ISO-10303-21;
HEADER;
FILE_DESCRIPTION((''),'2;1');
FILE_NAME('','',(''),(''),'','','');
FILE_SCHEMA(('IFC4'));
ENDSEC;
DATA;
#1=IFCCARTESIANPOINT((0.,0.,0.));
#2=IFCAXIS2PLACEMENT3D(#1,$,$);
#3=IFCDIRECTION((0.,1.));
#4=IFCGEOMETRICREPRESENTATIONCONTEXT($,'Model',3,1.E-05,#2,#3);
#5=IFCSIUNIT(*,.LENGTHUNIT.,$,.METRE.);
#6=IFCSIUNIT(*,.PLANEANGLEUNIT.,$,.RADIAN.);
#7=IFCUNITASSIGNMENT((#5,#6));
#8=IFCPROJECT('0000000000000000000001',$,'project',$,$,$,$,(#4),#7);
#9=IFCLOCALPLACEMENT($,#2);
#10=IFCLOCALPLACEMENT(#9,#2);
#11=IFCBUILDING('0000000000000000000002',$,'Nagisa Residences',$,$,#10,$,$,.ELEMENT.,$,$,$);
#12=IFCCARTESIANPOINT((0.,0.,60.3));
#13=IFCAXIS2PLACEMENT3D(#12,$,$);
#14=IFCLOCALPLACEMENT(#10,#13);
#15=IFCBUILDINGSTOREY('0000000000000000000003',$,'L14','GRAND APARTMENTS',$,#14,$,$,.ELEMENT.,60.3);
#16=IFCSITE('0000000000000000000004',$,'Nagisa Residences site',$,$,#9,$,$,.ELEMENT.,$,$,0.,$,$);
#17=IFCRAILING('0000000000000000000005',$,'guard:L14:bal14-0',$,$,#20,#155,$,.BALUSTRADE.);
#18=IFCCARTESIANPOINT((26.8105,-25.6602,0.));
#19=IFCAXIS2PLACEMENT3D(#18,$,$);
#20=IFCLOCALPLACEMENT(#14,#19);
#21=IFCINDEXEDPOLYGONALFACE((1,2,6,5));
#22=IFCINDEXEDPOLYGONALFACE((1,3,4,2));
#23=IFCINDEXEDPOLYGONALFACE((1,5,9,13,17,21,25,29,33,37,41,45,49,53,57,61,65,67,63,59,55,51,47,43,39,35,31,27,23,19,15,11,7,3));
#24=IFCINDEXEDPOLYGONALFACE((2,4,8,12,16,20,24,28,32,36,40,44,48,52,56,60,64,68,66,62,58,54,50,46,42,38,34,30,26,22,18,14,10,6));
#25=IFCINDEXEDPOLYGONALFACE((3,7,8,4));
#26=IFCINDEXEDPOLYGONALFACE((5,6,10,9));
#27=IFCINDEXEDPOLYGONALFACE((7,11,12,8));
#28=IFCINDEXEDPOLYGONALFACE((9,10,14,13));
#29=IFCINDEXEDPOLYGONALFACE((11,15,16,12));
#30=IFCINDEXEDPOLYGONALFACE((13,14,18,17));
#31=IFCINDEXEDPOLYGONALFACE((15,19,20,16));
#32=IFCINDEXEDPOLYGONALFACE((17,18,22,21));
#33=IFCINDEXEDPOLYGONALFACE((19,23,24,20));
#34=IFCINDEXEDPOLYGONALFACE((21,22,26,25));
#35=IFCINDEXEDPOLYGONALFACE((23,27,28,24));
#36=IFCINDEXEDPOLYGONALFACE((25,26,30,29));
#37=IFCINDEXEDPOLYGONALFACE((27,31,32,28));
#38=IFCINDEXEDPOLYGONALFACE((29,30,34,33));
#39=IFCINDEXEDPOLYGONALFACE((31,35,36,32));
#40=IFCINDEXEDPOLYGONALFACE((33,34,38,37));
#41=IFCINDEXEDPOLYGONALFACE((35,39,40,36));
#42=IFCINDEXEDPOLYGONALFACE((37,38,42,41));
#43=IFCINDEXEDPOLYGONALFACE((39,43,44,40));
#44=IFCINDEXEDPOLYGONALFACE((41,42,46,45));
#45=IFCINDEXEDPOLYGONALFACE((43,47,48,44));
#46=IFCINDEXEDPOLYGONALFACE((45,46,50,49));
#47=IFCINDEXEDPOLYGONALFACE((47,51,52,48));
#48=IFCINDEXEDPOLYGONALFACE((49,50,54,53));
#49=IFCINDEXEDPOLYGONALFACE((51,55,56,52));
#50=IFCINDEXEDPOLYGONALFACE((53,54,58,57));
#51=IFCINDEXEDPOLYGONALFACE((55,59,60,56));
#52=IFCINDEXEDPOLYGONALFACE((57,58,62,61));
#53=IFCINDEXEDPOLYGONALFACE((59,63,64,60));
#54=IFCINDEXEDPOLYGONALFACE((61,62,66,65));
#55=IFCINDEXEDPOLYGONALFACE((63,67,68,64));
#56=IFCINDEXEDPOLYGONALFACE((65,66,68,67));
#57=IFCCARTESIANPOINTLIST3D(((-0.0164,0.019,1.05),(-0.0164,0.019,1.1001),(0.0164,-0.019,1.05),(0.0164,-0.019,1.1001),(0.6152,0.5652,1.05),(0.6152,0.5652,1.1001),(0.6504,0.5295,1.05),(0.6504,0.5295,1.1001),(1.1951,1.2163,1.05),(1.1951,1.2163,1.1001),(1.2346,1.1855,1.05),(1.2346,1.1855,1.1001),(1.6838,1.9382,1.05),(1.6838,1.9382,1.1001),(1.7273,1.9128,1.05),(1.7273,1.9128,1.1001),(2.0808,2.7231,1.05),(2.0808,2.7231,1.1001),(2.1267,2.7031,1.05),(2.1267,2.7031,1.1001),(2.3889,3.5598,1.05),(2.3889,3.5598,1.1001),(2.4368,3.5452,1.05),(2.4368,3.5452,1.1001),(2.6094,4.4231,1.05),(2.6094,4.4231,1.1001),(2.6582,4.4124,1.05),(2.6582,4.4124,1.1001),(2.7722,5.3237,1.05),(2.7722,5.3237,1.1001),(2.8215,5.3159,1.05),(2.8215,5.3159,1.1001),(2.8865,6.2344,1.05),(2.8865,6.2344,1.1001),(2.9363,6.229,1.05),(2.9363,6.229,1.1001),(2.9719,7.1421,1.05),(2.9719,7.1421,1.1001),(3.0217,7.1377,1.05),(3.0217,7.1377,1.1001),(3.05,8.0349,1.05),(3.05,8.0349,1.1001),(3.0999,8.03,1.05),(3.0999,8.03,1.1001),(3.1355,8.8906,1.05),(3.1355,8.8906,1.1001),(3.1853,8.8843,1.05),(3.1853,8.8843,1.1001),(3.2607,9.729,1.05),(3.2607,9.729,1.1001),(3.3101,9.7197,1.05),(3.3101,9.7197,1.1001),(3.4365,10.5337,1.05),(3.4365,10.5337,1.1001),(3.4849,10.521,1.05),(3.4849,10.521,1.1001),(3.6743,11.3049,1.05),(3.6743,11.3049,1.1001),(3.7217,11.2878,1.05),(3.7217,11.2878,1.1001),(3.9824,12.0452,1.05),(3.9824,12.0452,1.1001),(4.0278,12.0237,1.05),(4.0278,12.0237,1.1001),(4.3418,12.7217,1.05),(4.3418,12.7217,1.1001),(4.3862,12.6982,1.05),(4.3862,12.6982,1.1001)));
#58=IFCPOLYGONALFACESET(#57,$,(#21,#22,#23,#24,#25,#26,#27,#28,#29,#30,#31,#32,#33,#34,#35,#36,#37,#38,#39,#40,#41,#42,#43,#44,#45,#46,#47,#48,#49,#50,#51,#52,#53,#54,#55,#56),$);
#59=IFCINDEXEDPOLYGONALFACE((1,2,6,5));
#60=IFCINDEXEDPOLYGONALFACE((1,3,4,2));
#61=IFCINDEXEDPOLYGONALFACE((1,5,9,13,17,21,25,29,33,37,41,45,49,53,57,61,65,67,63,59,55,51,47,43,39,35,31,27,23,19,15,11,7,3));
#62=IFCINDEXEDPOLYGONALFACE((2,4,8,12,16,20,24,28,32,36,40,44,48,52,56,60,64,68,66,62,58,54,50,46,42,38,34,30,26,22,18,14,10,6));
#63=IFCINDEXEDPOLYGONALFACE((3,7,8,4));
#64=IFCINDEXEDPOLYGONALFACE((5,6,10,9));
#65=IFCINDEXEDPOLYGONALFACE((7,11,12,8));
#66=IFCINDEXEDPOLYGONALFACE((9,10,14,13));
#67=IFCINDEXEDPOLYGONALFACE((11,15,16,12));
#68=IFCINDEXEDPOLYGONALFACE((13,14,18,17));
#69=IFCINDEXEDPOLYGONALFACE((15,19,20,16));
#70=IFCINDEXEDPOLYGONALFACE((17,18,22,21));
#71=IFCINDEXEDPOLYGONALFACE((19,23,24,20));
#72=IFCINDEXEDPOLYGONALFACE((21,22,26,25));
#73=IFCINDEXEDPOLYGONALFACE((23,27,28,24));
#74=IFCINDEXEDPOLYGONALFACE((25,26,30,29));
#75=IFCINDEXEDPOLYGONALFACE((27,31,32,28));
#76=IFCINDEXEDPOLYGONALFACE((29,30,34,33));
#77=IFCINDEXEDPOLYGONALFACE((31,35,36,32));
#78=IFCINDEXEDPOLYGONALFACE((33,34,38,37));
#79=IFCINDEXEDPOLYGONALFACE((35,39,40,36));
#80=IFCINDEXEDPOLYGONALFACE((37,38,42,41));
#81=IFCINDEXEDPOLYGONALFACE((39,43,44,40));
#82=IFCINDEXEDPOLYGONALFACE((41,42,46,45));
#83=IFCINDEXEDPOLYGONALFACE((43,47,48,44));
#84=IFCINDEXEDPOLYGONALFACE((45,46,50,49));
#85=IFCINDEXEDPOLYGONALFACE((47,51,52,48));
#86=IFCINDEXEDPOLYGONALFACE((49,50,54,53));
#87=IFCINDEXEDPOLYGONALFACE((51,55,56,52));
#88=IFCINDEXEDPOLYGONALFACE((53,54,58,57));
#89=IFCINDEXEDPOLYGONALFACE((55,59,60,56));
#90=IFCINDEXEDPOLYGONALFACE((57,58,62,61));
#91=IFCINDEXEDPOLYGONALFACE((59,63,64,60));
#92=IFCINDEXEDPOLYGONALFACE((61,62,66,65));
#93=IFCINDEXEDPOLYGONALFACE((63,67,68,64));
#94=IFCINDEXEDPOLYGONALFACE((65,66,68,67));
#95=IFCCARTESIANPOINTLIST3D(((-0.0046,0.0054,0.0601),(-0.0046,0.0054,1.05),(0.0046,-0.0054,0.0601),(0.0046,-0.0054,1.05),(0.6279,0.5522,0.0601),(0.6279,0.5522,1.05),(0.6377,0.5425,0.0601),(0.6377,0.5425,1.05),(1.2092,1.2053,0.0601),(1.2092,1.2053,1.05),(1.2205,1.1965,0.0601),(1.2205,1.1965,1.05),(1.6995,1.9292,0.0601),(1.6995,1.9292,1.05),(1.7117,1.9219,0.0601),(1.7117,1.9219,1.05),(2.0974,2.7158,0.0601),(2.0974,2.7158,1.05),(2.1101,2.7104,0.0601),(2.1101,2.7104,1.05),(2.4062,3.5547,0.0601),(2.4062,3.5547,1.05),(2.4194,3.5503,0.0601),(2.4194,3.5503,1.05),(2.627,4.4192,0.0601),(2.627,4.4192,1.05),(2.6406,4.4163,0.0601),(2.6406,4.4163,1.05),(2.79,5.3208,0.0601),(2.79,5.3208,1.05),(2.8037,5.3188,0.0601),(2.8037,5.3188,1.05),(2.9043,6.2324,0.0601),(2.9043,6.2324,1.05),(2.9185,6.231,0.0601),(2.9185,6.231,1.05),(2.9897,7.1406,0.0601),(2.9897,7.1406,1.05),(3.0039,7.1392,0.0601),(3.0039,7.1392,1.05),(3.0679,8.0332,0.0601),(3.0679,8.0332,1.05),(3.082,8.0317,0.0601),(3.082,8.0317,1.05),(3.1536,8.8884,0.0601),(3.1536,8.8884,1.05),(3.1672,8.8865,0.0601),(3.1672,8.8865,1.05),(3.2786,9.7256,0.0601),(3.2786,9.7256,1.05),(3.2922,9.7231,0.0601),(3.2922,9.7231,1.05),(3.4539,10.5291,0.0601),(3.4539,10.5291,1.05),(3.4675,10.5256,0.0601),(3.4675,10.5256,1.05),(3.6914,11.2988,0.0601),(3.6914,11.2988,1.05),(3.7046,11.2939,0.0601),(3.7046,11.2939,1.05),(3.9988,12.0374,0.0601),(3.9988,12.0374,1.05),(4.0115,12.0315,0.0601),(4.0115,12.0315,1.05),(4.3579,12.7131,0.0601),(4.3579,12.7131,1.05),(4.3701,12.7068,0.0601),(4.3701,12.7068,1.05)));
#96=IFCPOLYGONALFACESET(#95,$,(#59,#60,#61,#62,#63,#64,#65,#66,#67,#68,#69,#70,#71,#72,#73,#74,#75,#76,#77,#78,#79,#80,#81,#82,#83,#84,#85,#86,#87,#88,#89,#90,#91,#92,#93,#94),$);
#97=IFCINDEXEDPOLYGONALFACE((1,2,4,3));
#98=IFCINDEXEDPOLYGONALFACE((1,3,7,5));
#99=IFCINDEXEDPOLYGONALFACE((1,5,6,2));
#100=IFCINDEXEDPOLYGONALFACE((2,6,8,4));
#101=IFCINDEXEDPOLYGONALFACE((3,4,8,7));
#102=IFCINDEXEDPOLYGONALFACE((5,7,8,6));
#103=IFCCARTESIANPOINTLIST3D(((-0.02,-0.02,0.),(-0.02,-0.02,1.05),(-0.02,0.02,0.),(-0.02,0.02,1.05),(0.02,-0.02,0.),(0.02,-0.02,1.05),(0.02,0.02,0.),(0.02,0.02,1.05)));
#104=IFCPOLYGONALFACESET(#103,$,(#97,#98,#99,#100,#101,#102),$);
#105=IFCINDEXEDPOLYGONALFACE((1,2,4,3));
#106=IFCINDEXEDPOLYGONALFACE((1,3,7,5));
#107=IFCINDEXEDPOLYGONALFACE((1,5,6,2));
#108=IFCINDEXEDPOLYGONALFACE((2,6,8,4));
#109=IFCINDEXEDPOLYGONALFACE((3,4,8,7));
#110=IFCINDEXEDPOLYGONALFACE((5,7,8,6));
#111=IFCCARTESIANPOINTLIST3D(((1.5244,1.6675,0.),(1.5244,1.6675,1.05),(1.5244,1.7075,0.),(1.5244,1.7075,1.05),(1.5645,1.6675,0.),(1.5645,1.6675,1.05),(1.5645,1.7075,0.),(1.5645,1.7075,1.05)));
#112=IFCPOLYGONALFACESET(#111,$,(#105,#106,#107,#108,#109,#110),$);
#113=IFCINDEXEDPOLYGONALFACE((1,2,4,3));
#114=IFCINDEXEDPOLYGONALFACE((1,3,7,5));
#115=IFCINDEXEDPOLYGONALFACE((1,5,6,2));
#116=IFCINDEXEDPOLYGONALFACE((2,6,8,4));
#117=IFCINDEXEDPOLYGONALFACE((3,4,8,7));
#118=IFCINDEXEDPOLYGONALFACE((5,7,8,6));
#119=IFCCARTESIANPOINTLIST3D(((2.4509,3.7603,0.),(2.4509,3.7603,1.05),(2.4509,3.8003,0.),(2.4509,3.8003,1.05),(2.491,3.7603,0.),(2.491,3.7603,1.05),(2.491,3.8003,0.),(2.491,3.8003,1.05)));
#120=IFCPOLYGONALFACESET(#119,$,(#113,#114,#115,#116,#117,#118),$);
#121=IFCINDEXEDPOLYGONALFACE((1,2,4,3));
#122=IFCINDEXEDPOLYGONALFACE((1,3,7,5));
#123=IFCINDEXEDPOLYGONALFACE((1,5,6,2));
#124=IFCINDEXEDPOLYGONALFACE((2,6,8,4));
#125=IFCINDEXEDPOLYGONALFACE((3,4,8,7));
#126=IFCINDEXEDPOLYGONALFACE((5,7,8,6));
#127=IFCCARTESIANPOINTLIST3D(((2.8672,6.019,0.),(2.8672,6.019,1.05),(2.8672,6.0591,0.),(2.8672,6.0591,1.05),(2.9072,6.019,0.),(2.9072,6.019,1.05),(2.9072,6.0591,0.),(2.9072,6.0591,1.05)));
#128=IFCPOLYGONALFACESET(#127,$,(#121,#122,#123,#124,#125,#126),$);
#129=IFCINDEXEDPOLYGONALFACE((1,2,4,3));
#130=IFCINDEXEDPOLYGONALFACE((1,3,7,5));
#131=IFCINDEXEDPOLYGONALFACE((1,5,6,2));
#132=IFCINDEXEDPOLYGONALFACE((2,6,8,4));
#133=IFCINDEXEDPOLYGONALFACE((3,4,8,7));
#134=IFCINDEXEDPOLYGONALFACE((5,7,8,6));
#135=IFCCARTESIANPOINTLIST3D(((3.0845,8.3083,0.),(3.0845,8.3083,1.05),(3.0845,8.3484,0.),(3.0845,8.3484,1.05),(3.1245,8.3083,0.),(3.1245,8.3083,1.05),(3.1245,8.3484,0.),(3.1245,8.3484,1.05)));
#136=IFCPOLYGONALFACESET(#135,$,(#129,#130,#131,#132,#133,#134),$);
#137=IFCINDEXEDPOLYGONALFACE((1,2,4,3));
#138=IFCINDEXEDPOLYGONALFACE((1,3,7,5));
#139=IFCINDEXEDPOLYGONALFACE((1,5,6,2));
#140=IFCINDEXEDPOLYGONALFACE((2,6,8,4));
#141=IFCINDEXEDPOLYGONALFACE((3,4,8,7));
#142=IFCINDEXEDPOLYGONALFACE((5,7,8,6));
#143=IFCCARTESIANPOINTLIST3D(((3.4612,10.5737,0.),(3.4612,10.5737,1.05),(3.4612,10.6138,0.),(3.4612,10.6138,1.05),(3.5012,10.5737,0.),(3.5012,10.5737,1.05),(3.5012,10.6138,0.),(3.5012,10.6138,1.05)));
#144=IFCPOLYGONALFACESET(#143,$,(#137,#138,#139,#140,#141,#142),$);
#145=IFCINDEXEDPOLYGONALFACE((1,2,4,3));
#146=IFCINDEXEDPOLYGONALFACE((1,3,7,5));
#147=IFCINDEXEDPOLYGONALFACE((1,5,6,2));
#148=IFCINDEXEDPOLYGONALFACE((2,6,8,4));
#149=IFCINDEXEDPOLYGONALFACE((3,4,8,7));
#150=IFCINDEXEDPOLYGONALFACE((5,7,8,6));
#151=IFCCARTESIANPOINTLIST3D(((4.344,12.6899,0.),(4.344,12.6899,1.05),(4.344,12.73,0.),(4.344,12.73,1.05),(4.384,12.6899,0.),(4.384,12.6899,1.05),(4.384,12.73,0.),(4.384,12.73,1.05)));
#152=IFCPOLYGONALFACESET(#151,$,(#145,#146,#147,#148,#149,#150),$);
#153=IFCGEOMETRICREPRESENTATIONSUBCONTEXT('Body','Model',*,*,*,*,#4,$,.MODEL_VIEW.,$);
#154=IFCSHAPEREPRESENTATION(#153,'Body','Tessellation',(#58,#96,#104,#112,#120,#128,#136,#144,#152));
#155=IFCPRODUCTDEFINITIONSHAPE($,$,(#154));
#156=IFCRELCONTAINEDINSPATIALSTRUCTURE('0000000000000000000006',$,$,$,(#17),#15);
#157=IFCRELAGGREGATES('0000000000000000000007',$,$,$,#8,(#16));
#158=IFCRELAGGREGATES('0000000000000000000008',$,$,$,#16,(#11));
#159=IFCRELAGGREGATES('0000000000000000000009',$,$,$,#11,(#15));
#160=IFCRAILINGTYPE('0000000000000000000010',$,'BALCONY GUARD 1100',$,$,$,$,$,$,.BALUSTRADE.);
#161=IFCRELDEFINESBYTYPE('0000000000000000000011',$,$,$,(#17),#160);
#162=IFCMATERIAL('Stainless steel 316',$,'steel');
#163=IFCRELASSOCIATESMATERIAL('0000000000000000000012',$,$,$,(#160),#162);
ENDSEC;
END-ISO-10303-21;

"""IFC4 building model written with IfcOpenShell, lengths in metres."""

from ifc_helpers import new_model, si_unit, direction, frame, origin, origin_2d, place, context, subcontext, project, spatial, polyline, rectangle, outline, extrude, material, type_object, element, save


model = new_model("IFC4")

# Units and contexts
model_context = context("Model", 3, precision=1e-05, world=origin(), true_north=direction((0.0, 1.0)))
body_context = subcontext(model_context, "Body", "Model", "MODEL_VIEW")
ifc_project = project(units=[si_unit("LENGTHUNIT", "METRE"), si_unit("PLANEANGLEUNIT", "RADIAN")], contexts=[model_context])

# Site, building, storey
site_placement = place(None, origin())
site = spatial("IfcSite", under=ifc_project, at=site_placement, Name="Nagisa Residences site", CompositionType="ELEMENT", RefElevation=0.0)
building_placement = place(site_placement, origin())
building = spatial("IfcBuilding", under=site, at=building_placement, Name="Nagisa Residences", CompositionType="ELEMENT")
storey_placement = place(building_placement, frame((0.0, 0.0, 60.3)))
storey = spatial("IfcBuildingStorey", under=building, at=storey_placement, Name="L14", Description="GRAND APARTMENTS", CompositionType="ELEMENT", Elevation=60.3)

# Railing
ifc_material_1 = material(Name="Stainless steel 316", Category="steel")
railing_type = type_object("IfcRailingType", Name="BALCONY GUARD 1100", PredefinedType="BALUSTRADE", material=ifc_material_1)
railing_1_placement = place(storey_placement, frame((26.8105, -25.6602, 0.0)))
element("IfcRailing", 1, at=railing_1_placement, inside=storey, type_object=railing_type, Name="guard:L14:bal14-0", PredefinedType="BALUSTRADE", context=body_context, shape_type="SweptSolid", body=[
    extrude(outline(polyline([(0.6152, 0.5652), (-0.0164, 0.019), (0.0164, -0.019), (0.6504, 0.5295), (1.2346, 1.1855), (1.7273, 1.9128), (2.1267, 2.7031), (2.4368, 3.5452), (2.6582, 4.4124), (2.8215, 5.3159), (2.9363, 6.229), (3.0217, 7.1377), (3.0999, 8.03), (3.1853, 8.8843), (3.3101, 9.7197), (3.4849, 10.521), (3.7217, 11.2878), (4.0278, 12.0237), (4.3862, 12.6982), (4.3418, 12.7217), (3.9824, 12.0452), (3.6743, 11.3049), (3.4365, 10.5337), (3.2607, 9.729), (3.1355, 8.8906), (3.05, 8.0349), (2.9719, 7.1421), (2.8865, 6.2344), (2.7722, 5.3237), (2.6094, 4.4231), (2.3889, 3.5598), (2.0808, 2.7231), (1.6838, 1.9382), (1.1951, 1.2163), (0.6152, 0.5652)])), frame((0.0, 0.0, 1.05)), (0.0, 0.0, 1.0), 0.05),
    extrude(outline(polyline([(0.6279, 0.5522), (-0.0046, 0.0054), (0.0046, -0.0054), (0.6377, 0.5425), (1.2205, 1.1965), (1.7117, 1.9219), (2.1101, 2.7104), (2.4194, 3.5503), (2.6406, 4.4163), (2.8037, 5.3188), (2.9185, 6.231), (3.0039, 7.1392), (3.082, 8.0317), (3.1672, 8.8865), (3.2922, 9.7231), (3.4675, 10.5256), (3.7046, 11.2939), (4.0115, 12.0315), (4.3701, 12.7068), (4.3579, 12.7131), (3.9988, 12.0374), (3.6914, 11.2988), (3.4539, 10.5291), (3.2786, 9.7256), (3.1536, 8.8884), (3.0679, 8.0332), (2.9897, 7.1406), (2.9043, 6.2324), (2.79, 5.3208), (2.627, 4.4192), (2.4062, 3.5547), (2.0974, 2.7158), (1.6995, 1.9292), (1.2092, 1.2053), (0.6279, 0.5522)])), frame((0.0, 0.0, 0.0601)), (0.0, 0.0, 1.0), 0.99),
    extrude(rectangle(XDim=0.04, YDim=0.04, at=origin_2d()), origin(), (0.0, 0.0, 1.0), 1.05),
    extrude(rectangle(XDim=0.04, YDim=0.04, at=origin_2d()), frame((1.5444, 1.6875, 0.0)), (0.0, 0.0, 1.0), 1.05),
    extrude(rectangle(XDim=0.04, YDim=0.04, at=origin_2d()), frame((2.4709, 3.7803, 0.0)), (0.0, 0.0, 1.0), 1.05),
    extrude(rectangle(XDim=0.04, YDim=0.04, at=origin_2d()), frame((2.8872, 6.0391, 0.0)), (0.0, 0.0, 1.0), 1.05),
    extrude(rectangle(XDim=0.04, YDim=0.04, at=origin_2d()), frame((3.1045, 8.3284, 0.0)), (0.0, 0.0, 1.0), 1.05),
    extrude(rectangle(XDim=0.04, YDim=0.04, at=origin_2d()), frame((3.4812, 10.5938, 0.0)), (0.0, 0.0, 1.0), 1.05),
    extrude(rectangle(XDim=0.04, YDim=0.04, at=origin_2d()), frame((4.364, 12.71, 0.0)), (0.0, 0.0, 1.0), 1.05),
])

save(model, "model.ifc")
